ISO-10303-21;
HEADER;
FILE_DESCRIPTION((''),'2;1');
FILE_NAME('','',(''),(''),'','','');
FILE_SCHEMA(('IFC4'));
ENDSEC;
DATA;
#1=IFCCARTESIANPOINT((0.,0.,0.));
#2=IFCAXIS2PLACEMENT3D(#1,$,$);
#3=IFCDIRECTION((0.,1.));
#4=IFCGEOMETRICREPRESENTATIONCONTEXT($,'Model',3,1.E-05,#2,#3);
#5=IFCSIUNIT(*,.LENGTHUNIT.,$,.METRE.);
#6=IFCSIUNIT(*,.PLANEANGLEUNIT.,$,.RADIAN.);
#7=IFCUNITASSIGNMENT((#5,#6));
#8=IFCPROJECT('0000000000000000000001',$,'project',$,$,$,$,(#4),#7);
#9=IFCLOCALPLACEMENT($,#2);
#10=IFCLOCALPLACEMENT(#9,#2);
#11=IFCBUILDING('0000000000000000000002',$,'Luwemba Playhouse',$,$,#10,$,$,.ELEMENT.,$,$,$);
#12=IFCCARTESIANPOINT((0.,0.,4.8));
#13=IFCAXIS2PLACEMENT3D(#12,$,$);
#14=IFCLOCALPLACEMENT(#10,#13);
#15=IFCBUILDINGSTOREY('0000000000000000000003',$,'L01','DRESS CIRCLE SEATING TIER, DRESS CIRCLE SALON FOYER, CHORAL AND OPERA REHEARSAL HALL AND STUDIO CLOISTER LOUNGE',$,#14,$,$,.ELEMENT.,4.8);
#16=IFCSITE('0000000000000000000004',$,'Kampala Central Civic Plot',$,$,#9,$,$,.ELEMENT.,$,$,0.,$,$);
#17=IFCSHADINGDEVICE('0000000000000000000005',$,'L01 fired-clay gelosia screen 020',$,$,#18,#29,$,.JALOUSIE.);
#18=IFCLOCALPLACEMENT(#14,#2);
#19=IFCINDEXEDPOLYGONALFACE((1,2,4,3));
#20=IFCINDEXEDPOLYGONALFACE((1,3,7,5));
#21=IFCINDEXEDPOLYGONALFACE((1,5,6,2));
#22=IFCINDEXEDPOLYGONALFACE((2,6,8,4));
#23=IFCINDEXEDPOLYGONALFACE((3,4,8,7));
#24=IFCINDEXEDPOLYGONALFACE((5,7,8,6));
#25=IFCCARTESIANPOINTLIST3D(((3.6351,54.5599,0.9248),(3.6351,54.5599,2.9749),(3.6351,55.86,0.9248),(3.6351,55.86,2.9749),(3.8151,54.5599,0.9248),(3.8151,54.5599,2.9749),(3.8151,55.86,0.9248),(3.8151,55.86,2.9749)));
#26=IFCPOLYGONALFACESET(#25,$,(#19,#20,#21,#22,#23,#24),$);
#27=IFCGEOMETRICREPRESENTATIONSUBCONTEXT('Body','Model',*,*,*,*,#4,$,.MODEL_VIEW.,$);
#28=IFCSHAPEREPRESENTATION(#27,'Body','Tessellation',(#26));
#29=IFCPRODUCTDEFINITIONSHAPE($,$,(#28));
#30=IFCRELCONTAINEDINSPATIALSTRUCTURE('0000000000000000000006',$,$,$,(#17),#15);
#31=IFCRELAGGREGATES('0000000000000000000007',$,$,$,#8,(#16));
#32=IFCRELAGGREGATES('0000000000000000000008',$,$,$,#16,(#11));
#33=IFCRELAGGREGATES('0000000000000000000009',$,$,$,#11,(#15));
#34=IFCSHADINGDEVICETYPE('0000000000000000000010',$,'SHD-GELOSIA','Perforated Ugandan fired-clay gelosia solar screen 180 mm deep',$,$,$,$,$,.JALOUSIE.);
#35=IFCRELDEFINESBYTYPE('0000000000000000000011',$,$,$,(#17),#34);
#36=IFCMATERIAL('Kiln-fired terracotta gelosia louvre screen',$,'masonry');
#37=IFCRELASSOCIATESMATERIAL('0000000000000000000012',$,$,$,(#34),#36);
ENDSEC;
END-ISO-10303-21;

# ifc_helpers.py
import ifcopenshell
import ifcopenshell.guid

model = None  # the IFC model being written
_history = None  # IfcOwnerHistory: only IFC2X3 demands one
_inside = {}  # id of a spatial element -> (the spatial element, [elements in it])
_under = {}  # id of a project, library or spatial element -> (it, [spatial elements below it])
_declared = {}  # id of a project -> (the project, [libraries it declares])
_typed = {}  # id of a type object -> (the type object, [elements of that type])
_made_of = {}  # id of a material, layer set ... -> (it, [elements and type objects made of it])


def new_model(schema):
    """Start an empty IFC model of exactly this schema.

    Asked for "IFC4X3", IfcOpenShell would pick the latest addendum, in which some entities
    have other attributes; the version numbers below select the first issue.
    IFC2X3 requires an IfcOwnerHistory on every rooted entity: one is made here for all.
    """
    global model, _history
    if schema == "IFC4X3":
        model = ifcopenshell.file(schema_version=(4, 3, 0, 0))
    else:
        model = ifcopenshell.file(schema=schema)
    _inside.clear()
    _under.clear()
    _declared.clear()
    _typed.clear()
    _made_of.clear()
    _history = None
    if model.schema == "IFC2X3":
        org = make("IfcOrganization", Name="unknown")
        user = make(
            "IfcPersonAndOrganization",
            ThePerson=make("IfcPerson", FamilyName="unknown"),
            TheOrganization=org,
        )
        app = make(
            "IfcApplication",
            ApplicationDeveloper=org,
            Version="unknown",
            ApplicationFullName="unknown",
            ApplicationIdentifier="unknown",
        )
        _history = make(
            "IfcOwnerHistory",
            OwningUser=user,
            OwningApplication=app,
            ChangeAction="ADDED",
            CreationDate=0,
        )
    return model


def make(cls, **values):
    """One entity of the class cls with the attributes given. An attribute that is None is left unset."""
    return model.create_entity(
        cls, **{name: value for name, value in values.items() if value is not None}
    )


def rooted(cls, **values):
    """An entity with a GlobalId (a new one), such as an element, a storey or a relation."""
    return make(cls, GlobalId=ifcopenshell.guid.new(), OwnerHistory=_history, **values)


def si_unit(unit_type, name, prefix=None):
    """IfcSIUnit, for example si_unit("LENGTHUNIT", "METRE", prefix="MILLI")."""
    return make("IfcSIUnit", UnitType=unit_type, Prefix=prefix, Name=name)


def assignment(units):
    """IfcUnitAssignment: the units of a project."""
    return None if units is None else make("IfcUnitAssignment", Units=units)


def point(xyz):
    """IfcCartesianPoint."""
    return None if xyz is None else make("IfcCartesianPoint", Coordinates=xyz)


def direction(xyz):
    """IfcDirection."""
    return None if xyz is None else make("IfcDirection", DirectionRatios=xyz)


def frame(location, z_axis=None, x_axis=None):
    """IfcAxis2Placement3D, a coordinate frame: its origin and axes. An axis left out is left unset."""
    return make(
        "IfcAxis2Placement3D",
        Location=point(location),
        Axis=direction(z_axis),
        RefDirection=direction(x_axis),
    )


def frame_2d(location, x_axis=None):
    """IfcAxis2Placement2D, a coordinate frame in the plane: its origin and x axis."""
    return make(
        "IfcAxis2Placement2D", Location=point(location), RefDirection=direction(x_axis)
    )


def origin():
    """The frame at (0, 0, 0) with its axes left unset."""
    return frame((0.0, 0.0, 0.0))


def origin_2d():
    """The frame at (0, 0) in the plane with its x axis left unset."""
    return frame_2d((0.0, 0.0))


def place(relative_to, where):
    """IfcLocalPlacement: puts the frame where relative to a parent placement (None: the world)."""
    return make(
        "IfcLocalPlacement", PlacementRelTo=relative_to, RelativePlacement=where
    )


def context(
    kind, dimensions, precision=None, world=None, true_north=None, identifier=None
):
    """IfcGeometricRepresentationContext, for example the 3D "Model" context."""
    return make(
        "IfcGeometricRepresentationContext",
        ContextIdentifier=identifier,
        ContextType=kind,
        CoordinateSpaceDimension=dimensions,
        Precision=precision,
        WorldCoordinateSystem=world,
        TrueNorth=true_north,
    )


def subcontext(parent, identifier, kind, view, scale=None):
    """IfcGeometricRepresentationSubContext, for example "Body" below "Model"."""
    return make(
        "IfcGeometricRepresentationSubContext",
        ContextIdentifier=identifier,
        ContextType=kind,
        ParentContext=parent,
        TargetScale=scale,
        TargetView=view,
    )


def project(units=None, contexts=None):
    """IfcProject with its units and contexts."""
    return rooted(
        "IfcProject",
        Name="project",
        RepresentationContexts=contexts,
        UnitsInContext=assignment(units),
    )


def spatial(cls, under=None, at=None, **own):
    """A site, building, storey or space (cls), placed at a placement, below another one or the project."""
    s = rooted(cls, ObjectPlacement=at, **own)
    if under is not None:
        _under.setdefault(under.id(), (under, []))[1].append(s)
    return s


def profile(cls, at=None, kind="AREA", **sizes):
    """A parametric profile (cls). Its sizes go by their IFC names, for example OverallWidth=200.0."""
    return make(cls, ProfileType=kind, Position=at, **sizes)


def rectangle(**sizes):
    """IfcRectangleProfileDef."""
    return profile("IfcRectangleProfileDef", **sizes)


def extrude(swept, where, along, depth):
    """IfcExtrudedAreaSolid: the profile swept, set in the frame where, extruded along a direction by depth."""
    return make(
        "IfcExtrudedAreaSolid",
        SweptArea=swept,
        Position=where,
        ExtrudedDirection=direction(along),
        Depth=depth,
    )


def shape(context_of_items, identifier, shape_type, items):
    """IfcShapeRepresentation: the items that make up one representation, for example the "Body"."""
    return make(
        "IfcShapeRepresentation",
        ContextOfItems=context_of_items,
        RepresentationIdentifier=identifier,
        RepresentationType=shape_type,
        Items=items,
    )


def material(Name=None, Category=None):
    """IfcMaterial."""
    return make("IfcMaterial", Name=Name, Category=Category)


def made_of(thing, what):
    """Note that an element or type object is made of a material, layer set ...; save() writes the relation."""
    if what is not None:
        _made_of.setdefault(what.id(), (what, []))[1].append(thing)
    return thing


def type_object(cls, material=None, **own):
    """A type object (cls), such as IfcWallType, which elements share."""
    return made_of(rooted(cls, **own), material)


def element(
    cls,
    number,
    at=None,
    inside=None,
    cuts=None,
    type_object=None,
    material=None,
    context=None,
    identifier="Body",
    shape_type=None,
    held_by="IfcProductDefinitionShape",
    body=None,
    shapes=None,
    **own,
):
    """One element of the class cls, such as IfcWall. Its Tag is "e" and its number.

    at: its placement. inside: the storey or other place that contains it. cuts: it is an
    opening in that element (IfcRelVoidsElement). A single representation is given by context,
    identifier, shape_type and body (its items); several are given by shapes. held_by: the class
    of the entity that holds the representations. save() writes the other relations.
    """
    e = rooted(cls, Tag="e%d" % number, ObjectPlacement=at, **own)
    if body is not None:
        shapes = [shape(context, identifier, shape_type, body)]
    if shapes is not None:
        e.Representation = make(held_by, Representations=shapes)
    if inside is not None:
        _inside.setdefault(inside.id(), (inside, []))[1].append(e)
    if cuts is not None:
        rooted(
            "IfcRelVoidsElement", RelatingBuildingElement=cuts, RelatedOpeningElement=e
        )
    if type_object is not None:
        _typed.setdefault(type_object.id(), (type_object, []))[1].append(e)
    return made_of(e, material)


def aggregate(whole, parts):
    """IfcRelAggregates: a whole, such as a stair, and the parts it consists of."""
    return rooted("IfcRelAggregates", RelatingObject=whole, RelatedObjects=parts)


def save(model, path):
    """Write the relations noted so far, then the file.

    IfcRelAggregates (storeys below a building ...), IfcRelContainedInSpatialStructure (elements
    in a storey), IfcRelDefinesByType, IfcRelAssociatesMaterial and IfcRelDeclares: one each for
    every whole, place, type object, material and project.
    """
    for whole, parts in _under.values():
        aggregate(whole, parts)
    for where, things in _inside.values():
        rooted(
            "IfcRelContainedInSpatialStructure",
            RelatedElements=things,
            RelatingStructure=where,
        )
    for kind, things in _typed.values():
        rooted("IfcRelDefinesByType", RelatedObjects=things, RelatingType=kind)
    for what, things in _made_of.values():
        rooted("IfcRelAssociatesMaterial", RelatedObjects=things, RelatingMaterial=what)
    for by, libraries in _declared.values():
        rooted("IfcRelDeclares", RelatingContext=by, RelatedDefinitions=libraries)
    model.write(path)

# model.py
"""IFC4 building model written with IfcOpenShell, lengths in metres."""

from ifc_helpers import new_model, si_unit, direction, frame, origin, origin_2d, place, context, subcontext, project, spatial, rectangle, extrude, material, type_object, element, save


model = new_model("IFC4")

# Units and contexts
model_context = context("Model", 3, precision=1e-05, world=origin(), true_north=direction((0.0, 1.0)))
body_context = subcontext(model_context, "Body", "Model", "MODEL_VIEW")
ifc_project = project(units=[si_unit("LENGTHUNIT", "METRE"), si_unit("PLANEANGLEUNIT", "RADIAN")], contexts=[model_context])

# Site, building, storey
site_placement = place(None, origin())
site = spatial("IfcSite", under=ifc_project, at=site_placement, Name="Kampala Central Civic Plot", CompositionType="ELEMENT", RefElevation=0.0)
building_placement = place(site_placement, origin())
building = spatial("IfcBuilding", under=site, at=building_placement, Name="Luwemba Playhouse", CompositionType="ELEMENT")
storey_placement = place(building_placement, frame((0.0, 0.0, 4.8)))
storey = spatial("IfcBuildingStorey", under=building, at=storey_placement, Name="L01", Description="DRESS CIRCLE SEATING TIER, DRESS CIRCLE SALON FOYER, CHORAL AND OPERA REHEARSAL HALL AND STUDIO CLOISTER LOUNGE", CompositionType="ELEMENT", Elevation=4.8)

# Shading device
ifc_material_1 = material(Name="Kiln-fired terracotta gelosia louvre screen", Category="masonry")
shading_device_type = type_object("IfcShadingDeviceType", Name="SHD-GELOSIA", Description="Perforated Ugandan fired-clay gelosia solar screen 180 mm deep", PredefinedType="JALOUSIE", material=ifc_material_1)
shading_device_placement = place(storey_placement, frame((3.7251, 55.21, 0.9248), z_axis=(0.0, 0.0, 1.0), x_axis=(0.0, 1.0, 0.0)))
element("IfcShadingDevice", 1, at=shading_device_placement, inside=storey, type_object=shading_device_type, Name="L01 fired-clay gelosia screen 020", PredefinedType="JALOUSIE", context=body_context, shape_type="SweptSolid", body=[
    extrude(rectangle(XDim=1.3, YDim=0.1799, at=origin_2d()), origin(), (0.0, 0.0, 1.0), 2.05),
])

save(model, "model.ifc")
